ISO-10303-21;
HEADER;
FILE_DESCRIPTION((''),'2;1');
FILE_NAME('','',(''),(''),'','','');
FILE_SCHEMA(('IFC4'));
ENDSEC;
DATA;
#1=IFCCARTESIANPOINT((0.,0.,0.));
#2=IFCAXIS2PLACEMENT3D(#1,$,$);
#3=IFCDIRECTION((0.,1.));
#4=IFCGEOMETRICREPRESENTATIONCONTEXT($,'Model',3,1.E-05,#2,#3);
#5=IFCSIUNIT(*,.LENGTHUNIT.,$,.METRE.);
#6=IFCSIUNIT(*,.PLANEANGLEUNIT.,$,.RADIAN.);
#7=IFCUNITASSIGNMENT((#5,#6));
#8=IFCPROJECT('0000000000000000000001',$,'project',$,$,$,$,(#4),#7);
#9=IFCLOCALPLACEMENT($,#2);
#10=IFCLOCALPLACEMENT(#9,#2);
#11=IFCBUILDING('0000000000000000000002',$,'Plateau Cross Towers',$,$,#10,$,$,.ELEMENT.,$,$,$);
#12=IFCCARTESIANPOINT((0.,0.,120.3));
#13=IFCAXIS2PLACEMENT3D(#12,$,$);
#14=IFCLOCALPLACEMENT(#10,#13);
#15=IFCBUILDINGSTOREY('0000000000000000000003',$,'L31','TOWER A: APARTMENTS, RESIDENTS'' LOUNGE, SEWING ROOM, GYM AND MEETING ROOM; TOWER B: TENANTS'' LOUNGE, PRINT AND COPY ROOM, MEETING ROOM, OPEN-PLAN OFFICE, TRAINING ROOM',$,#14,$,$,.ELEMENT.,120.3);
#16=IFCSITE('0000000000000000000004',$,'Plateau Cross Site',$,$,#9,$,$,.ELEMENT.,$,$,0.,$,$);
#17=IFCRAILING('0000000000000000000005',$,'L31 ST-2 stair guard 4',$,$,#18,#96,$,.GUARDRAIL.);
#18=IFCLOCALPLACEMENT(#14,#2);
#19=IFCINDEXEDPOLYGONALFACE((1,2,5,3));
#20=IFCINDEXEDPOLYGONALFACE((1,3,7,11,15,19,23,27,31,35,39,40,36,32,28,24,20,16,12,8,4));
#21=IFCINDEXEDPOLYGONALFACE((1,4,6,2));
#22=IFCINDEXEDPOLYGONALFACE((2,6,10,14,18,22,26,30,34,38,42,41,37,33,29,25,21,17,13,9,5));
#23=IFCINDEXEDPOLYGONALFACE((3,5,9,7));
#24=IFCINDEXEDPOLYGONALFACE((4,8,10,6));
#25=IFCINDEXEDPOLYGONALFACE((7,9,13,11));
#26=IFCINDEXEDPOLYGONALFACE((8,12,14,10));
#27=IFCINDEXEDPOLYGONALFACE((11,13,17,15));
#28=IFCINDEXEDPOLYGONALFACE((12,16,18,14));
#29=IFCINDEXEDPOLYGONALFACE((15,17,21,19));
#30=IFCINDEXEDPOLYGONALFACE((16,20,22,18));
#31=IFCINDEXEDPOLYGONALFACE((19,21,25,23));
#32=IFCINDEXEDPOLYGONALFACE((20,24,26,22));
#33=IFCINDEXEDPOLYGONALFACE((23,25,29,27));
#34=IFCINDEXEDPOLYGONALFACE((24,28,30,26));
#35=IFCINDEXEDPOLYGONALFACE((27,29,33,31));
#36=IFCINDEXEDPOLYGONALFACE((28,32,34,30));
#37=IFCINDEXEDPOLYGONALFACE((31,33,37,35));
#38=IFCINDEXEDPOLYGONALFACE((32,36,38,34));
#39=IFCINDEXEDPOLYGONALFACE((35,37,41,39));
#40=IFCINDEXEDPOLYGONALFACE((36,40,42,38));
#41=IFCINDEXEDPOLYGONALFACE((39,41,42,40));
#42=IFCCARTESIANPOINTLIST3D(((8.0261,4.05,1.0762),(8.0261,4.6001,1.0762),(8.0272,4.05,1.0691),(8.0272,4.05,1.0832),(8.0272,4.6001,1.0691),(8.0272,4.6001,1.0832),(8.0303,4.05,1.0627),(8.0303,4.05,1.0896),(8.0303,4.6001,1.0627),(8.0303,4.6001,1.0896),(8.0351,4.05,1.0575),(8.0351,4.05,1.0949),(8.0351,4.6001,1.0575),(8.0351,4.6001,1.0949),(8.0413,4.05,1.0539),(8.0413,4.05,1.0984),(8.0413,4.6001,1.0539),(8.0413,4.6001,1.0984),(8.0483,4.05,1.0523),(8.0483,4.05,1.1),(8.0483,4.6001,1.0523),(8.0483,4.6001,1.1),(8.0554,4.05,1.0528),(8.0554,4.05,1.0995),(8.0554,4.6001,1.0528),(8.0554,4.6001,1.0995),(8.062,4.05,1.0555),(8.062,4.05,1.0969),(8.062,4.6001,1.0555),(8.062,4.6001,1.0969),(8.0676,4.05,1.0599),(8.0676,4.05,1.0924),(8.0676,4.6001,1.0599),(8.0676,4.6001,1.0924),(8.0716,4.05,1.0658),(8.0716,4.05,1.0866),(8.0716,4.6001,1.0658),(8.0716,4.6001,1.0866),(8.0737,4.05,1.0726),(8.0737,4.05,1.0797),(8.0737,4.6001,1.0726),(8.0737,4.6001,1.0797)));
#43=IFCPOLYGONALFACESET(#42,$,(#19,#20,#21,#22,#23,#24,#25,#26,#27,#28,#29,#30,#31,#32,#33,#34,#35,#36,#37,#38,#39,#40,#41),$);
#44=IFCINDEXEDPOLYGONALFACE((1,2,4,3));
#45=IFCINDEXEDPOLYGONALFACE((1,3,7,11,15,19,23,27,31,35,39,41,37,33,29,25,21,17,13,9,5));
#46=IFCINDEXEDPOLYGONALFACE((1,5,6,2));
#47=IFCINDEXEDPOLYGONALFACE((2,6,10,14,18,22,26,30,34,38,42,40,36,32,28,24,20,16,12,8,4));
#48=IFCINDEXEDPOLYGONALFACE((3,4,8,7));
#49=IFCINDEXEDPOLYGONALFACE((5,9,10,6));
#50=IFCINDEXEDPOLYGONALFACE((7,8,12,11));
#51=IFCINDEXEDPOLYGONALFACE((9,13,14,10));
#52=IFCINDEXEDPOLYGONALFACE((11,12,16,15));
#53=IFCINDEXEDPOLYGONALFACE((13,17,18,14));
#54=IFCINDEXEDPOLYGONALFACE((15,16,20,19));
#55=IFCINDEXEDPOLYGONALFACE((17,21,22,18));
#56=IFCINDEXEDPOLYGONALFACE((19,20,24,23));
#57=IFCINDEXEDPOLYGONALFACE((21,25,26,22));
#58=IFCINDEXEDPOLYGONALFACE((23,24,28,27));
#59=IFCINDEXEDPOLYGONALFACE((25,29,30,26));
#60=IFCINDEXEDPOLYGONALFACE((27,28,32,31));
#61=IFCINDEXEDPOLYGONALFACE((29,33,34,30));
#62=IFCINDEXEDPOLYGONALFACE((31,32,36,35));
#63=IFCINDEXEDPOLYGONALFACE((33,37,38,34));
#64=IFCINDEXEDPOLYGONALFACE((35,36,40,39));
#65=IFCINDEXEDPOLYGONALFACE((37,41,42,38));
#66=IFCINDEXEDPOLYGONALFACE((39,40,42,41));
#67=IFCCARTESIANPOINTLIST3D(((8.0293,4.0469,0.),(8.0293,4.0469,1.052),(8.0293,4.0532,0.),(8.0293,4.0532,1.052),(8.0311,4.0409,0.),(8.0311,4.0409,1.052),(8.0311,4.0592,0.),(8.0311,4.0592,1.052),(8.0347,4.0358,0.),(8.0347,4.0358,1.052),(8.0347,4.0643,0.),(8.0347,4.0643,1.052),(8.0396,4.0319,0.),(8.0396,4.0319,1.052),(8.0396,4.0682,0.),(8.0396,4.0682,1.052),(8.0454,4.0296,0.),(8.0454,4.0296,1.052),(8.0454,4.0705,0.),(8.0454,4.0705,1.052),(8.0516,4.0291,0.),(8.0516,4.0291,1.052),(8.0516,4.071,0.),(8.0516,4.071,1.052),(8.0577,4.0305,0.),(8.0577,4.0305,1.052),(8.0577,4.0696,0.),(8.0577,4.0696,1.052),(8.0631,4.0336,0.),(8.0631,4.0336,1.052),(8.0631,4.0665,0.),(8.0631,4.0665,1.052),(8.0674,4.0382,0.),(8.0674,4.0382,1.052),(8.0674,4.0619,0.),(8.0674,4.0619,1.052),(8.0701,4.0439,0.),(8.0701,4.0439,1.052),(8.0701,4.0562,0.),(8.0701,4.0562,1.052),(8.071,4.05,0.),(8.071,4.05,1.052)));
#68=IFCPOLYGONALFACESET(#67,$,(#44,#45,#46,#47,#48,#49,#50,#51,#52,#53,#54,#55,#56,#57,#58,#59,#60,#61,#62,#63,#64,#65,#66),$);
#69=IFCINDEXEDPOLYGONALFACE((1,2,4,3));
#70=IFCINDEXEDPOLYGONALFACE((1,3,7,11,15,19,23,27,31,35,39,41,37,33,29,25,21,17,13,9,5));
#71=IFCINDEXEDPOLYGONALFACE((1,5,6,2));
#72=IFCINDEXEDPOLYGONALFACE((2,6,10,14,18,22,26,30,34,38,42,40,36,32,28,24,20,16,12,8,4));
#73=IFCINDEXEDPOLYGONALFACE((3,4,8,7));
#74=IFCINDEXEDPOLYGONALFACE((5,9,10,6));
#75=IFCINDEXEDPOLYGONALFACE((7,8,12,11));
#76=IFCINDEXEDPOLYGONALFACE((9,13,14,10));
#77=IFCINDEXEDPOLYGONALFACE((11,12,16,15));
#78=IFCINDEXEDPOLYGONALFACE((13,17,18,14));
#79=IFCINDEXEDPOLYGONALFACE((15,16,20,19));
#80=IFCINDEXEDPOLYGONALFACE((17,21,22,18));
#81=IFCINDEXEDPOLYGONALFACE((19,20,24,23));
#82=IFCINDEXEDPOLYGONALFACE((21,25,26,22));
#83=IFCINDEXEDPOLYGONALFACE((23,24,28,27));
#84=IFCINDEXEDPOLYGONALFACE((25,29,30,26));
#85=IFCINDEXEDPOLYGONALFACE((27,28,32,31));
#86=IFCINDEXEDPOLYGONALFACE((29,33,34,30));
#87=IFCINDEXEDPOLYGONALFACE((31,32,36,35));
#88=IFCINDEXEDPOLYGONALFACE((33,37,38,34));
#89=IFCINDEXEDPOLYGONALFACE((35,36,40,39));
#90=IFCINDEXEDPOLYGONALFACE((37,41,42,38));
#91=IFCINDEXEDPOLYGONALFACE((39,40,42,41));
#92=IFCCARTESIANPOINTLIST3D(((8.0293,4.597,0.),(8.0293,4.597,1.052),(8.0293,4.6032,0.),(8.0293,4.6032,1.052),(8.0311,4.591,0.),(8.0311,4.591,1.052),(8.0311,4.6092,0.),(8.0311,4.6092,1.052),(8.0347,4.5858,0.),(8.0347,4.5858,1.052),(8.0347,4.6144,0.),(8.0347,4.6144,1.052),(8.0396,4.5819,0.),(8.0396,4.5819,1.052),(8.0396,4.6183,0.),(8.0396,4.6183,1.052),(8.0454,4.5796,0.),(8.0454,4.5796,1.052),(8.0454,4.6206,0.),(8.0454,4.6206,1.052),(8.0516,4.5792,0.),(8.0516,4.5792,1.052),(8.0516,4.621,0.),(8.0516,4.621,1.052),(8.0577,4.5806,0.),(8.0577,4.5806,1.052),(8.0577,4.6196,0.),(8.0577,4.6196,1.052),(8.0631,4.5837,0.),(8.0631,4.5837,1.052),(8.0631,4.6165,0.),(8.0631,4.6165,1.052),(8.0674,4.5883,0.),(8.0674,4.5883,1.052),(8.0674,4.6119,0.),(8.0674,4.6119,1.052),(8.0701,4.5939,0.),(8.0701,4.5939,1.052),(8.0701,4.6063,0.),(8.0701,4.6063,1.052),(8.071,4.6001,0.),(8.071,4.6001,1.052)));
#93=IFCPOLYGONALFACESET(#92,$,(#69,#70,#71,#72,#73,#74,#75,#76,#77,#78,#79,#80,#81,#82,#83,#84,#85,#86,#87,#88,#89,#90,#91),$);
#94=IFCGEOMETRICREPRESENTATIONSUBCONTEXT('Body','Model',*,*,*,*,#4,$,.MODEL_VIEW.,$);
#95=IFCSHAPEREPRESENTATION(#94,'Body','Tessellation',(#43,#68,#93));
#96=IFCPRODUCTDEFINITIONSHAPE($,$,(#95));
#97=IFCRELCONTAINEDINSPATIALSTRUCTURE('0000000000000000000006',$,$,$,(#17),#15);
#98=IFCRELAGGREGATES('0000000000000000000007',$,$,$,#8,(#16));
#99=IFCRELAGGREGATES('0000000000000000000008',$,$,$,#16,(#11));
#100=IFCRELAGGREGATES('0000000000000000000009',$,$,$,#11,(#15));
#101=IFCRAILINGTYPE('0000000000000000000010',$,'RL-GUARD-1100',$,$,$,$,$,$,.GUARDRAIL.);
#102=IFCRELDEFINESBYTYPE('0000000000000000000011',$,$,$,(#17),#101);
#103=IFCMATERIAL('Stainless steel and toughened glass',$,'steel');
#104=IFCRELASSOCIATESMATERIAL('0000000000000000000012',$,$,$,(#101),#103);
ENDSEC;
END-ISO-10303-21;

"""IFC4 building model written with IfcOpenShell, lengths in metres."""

from ifc_helpers import new_model, si_unit, direction, frame, origin, origin_2d, place, context, subcontext, project, spatial, circle, extrude, material, type_object, element, save


model = new_model("IFC4")

# Units and contexts
model_context = context("Model", 3, precision=1e-05, world=origin(), true_north=direction((0.0, 1.0)))
body_context = subcontext(model_context, "Body", "Model", "MODEL_VIEW")
ifc_project = project(units=[si_unit("LENGTHUNIT", "METRE"), si_unit("PLANEANGLEUNIT", "RADIAN")], contexts=[model_context])

# Site, building, storey
site_placement = place(None, origin())
site = spatial("IfcSite", under=ifc_project, at=site_placement, Name="Plateau Cross Site", CompositionType="ELEMENT", RefElevation=0.0)
building_placement = place(site_placement, origin())
building = spatial("IfcBuilding", under=site, at=building_placement, Name="Plateau Cross Towers", CompositionType="ELEMENT")
storey_placement = place(building_placement, frame((0.0, 0.0, 120.3)))
storey = spatial("IfcBuildingStorey", under=building, at=storey_placement, Name="L31", Description="TOWER A: APARTMENTS, RESIDENTS' LOUNGE, SEWING ROOM, GYM AND MEETING ROOM; TOWER B: TENANTS' LOUNGE, PRINT AND COPY ROOM, MEETING ROOM, OPEN-PLAN OFFICE, TRAINING ROOM", CompositionType="ELEMENT", Elevation=120.3)

# Railing
ifc_material_1 = material(Name="Stainless steel and toughened glass", Category="steel")
railing_type_1 = type_object("IfcRailingType", Name="RL-GUARD-1100", PredefinedType="GUARDRAIL", material=ifc_material_1)
railing_1_placement = place(storey_placement, frame((8.05, 4.05, 0.0)))
element("IfcRailing", 1, at=railing_1_placement, inside=storey, type_object=railing_type_1, Name="L31 ST-2 stair guard 4", PredefinedType="GUARDRAIL", context=body_context, shape_type="SweptSolid", body=[
    extrude(circle(Radius=0.0239, at=origin_2d()), frame((0.0, 0.0, 1.0762), z_axis=(0.0, 1.0, 0.0), x_axis=(-1.0, 0.0, 0.0)), (0.0, 0.0, 1.0), 0.55),
    extrude(circle(Radius=0.021, at=origin_2d()), origin(), (0.0, 0.0, 1.0), 1.052),
    extrude(circle(Radius=0.021, at=origin_2d()), frame((0.0, 0.55, 0.0)), (0.0, 0.0, 1.0), 1.052),
])

save(model, "model.ifc")
